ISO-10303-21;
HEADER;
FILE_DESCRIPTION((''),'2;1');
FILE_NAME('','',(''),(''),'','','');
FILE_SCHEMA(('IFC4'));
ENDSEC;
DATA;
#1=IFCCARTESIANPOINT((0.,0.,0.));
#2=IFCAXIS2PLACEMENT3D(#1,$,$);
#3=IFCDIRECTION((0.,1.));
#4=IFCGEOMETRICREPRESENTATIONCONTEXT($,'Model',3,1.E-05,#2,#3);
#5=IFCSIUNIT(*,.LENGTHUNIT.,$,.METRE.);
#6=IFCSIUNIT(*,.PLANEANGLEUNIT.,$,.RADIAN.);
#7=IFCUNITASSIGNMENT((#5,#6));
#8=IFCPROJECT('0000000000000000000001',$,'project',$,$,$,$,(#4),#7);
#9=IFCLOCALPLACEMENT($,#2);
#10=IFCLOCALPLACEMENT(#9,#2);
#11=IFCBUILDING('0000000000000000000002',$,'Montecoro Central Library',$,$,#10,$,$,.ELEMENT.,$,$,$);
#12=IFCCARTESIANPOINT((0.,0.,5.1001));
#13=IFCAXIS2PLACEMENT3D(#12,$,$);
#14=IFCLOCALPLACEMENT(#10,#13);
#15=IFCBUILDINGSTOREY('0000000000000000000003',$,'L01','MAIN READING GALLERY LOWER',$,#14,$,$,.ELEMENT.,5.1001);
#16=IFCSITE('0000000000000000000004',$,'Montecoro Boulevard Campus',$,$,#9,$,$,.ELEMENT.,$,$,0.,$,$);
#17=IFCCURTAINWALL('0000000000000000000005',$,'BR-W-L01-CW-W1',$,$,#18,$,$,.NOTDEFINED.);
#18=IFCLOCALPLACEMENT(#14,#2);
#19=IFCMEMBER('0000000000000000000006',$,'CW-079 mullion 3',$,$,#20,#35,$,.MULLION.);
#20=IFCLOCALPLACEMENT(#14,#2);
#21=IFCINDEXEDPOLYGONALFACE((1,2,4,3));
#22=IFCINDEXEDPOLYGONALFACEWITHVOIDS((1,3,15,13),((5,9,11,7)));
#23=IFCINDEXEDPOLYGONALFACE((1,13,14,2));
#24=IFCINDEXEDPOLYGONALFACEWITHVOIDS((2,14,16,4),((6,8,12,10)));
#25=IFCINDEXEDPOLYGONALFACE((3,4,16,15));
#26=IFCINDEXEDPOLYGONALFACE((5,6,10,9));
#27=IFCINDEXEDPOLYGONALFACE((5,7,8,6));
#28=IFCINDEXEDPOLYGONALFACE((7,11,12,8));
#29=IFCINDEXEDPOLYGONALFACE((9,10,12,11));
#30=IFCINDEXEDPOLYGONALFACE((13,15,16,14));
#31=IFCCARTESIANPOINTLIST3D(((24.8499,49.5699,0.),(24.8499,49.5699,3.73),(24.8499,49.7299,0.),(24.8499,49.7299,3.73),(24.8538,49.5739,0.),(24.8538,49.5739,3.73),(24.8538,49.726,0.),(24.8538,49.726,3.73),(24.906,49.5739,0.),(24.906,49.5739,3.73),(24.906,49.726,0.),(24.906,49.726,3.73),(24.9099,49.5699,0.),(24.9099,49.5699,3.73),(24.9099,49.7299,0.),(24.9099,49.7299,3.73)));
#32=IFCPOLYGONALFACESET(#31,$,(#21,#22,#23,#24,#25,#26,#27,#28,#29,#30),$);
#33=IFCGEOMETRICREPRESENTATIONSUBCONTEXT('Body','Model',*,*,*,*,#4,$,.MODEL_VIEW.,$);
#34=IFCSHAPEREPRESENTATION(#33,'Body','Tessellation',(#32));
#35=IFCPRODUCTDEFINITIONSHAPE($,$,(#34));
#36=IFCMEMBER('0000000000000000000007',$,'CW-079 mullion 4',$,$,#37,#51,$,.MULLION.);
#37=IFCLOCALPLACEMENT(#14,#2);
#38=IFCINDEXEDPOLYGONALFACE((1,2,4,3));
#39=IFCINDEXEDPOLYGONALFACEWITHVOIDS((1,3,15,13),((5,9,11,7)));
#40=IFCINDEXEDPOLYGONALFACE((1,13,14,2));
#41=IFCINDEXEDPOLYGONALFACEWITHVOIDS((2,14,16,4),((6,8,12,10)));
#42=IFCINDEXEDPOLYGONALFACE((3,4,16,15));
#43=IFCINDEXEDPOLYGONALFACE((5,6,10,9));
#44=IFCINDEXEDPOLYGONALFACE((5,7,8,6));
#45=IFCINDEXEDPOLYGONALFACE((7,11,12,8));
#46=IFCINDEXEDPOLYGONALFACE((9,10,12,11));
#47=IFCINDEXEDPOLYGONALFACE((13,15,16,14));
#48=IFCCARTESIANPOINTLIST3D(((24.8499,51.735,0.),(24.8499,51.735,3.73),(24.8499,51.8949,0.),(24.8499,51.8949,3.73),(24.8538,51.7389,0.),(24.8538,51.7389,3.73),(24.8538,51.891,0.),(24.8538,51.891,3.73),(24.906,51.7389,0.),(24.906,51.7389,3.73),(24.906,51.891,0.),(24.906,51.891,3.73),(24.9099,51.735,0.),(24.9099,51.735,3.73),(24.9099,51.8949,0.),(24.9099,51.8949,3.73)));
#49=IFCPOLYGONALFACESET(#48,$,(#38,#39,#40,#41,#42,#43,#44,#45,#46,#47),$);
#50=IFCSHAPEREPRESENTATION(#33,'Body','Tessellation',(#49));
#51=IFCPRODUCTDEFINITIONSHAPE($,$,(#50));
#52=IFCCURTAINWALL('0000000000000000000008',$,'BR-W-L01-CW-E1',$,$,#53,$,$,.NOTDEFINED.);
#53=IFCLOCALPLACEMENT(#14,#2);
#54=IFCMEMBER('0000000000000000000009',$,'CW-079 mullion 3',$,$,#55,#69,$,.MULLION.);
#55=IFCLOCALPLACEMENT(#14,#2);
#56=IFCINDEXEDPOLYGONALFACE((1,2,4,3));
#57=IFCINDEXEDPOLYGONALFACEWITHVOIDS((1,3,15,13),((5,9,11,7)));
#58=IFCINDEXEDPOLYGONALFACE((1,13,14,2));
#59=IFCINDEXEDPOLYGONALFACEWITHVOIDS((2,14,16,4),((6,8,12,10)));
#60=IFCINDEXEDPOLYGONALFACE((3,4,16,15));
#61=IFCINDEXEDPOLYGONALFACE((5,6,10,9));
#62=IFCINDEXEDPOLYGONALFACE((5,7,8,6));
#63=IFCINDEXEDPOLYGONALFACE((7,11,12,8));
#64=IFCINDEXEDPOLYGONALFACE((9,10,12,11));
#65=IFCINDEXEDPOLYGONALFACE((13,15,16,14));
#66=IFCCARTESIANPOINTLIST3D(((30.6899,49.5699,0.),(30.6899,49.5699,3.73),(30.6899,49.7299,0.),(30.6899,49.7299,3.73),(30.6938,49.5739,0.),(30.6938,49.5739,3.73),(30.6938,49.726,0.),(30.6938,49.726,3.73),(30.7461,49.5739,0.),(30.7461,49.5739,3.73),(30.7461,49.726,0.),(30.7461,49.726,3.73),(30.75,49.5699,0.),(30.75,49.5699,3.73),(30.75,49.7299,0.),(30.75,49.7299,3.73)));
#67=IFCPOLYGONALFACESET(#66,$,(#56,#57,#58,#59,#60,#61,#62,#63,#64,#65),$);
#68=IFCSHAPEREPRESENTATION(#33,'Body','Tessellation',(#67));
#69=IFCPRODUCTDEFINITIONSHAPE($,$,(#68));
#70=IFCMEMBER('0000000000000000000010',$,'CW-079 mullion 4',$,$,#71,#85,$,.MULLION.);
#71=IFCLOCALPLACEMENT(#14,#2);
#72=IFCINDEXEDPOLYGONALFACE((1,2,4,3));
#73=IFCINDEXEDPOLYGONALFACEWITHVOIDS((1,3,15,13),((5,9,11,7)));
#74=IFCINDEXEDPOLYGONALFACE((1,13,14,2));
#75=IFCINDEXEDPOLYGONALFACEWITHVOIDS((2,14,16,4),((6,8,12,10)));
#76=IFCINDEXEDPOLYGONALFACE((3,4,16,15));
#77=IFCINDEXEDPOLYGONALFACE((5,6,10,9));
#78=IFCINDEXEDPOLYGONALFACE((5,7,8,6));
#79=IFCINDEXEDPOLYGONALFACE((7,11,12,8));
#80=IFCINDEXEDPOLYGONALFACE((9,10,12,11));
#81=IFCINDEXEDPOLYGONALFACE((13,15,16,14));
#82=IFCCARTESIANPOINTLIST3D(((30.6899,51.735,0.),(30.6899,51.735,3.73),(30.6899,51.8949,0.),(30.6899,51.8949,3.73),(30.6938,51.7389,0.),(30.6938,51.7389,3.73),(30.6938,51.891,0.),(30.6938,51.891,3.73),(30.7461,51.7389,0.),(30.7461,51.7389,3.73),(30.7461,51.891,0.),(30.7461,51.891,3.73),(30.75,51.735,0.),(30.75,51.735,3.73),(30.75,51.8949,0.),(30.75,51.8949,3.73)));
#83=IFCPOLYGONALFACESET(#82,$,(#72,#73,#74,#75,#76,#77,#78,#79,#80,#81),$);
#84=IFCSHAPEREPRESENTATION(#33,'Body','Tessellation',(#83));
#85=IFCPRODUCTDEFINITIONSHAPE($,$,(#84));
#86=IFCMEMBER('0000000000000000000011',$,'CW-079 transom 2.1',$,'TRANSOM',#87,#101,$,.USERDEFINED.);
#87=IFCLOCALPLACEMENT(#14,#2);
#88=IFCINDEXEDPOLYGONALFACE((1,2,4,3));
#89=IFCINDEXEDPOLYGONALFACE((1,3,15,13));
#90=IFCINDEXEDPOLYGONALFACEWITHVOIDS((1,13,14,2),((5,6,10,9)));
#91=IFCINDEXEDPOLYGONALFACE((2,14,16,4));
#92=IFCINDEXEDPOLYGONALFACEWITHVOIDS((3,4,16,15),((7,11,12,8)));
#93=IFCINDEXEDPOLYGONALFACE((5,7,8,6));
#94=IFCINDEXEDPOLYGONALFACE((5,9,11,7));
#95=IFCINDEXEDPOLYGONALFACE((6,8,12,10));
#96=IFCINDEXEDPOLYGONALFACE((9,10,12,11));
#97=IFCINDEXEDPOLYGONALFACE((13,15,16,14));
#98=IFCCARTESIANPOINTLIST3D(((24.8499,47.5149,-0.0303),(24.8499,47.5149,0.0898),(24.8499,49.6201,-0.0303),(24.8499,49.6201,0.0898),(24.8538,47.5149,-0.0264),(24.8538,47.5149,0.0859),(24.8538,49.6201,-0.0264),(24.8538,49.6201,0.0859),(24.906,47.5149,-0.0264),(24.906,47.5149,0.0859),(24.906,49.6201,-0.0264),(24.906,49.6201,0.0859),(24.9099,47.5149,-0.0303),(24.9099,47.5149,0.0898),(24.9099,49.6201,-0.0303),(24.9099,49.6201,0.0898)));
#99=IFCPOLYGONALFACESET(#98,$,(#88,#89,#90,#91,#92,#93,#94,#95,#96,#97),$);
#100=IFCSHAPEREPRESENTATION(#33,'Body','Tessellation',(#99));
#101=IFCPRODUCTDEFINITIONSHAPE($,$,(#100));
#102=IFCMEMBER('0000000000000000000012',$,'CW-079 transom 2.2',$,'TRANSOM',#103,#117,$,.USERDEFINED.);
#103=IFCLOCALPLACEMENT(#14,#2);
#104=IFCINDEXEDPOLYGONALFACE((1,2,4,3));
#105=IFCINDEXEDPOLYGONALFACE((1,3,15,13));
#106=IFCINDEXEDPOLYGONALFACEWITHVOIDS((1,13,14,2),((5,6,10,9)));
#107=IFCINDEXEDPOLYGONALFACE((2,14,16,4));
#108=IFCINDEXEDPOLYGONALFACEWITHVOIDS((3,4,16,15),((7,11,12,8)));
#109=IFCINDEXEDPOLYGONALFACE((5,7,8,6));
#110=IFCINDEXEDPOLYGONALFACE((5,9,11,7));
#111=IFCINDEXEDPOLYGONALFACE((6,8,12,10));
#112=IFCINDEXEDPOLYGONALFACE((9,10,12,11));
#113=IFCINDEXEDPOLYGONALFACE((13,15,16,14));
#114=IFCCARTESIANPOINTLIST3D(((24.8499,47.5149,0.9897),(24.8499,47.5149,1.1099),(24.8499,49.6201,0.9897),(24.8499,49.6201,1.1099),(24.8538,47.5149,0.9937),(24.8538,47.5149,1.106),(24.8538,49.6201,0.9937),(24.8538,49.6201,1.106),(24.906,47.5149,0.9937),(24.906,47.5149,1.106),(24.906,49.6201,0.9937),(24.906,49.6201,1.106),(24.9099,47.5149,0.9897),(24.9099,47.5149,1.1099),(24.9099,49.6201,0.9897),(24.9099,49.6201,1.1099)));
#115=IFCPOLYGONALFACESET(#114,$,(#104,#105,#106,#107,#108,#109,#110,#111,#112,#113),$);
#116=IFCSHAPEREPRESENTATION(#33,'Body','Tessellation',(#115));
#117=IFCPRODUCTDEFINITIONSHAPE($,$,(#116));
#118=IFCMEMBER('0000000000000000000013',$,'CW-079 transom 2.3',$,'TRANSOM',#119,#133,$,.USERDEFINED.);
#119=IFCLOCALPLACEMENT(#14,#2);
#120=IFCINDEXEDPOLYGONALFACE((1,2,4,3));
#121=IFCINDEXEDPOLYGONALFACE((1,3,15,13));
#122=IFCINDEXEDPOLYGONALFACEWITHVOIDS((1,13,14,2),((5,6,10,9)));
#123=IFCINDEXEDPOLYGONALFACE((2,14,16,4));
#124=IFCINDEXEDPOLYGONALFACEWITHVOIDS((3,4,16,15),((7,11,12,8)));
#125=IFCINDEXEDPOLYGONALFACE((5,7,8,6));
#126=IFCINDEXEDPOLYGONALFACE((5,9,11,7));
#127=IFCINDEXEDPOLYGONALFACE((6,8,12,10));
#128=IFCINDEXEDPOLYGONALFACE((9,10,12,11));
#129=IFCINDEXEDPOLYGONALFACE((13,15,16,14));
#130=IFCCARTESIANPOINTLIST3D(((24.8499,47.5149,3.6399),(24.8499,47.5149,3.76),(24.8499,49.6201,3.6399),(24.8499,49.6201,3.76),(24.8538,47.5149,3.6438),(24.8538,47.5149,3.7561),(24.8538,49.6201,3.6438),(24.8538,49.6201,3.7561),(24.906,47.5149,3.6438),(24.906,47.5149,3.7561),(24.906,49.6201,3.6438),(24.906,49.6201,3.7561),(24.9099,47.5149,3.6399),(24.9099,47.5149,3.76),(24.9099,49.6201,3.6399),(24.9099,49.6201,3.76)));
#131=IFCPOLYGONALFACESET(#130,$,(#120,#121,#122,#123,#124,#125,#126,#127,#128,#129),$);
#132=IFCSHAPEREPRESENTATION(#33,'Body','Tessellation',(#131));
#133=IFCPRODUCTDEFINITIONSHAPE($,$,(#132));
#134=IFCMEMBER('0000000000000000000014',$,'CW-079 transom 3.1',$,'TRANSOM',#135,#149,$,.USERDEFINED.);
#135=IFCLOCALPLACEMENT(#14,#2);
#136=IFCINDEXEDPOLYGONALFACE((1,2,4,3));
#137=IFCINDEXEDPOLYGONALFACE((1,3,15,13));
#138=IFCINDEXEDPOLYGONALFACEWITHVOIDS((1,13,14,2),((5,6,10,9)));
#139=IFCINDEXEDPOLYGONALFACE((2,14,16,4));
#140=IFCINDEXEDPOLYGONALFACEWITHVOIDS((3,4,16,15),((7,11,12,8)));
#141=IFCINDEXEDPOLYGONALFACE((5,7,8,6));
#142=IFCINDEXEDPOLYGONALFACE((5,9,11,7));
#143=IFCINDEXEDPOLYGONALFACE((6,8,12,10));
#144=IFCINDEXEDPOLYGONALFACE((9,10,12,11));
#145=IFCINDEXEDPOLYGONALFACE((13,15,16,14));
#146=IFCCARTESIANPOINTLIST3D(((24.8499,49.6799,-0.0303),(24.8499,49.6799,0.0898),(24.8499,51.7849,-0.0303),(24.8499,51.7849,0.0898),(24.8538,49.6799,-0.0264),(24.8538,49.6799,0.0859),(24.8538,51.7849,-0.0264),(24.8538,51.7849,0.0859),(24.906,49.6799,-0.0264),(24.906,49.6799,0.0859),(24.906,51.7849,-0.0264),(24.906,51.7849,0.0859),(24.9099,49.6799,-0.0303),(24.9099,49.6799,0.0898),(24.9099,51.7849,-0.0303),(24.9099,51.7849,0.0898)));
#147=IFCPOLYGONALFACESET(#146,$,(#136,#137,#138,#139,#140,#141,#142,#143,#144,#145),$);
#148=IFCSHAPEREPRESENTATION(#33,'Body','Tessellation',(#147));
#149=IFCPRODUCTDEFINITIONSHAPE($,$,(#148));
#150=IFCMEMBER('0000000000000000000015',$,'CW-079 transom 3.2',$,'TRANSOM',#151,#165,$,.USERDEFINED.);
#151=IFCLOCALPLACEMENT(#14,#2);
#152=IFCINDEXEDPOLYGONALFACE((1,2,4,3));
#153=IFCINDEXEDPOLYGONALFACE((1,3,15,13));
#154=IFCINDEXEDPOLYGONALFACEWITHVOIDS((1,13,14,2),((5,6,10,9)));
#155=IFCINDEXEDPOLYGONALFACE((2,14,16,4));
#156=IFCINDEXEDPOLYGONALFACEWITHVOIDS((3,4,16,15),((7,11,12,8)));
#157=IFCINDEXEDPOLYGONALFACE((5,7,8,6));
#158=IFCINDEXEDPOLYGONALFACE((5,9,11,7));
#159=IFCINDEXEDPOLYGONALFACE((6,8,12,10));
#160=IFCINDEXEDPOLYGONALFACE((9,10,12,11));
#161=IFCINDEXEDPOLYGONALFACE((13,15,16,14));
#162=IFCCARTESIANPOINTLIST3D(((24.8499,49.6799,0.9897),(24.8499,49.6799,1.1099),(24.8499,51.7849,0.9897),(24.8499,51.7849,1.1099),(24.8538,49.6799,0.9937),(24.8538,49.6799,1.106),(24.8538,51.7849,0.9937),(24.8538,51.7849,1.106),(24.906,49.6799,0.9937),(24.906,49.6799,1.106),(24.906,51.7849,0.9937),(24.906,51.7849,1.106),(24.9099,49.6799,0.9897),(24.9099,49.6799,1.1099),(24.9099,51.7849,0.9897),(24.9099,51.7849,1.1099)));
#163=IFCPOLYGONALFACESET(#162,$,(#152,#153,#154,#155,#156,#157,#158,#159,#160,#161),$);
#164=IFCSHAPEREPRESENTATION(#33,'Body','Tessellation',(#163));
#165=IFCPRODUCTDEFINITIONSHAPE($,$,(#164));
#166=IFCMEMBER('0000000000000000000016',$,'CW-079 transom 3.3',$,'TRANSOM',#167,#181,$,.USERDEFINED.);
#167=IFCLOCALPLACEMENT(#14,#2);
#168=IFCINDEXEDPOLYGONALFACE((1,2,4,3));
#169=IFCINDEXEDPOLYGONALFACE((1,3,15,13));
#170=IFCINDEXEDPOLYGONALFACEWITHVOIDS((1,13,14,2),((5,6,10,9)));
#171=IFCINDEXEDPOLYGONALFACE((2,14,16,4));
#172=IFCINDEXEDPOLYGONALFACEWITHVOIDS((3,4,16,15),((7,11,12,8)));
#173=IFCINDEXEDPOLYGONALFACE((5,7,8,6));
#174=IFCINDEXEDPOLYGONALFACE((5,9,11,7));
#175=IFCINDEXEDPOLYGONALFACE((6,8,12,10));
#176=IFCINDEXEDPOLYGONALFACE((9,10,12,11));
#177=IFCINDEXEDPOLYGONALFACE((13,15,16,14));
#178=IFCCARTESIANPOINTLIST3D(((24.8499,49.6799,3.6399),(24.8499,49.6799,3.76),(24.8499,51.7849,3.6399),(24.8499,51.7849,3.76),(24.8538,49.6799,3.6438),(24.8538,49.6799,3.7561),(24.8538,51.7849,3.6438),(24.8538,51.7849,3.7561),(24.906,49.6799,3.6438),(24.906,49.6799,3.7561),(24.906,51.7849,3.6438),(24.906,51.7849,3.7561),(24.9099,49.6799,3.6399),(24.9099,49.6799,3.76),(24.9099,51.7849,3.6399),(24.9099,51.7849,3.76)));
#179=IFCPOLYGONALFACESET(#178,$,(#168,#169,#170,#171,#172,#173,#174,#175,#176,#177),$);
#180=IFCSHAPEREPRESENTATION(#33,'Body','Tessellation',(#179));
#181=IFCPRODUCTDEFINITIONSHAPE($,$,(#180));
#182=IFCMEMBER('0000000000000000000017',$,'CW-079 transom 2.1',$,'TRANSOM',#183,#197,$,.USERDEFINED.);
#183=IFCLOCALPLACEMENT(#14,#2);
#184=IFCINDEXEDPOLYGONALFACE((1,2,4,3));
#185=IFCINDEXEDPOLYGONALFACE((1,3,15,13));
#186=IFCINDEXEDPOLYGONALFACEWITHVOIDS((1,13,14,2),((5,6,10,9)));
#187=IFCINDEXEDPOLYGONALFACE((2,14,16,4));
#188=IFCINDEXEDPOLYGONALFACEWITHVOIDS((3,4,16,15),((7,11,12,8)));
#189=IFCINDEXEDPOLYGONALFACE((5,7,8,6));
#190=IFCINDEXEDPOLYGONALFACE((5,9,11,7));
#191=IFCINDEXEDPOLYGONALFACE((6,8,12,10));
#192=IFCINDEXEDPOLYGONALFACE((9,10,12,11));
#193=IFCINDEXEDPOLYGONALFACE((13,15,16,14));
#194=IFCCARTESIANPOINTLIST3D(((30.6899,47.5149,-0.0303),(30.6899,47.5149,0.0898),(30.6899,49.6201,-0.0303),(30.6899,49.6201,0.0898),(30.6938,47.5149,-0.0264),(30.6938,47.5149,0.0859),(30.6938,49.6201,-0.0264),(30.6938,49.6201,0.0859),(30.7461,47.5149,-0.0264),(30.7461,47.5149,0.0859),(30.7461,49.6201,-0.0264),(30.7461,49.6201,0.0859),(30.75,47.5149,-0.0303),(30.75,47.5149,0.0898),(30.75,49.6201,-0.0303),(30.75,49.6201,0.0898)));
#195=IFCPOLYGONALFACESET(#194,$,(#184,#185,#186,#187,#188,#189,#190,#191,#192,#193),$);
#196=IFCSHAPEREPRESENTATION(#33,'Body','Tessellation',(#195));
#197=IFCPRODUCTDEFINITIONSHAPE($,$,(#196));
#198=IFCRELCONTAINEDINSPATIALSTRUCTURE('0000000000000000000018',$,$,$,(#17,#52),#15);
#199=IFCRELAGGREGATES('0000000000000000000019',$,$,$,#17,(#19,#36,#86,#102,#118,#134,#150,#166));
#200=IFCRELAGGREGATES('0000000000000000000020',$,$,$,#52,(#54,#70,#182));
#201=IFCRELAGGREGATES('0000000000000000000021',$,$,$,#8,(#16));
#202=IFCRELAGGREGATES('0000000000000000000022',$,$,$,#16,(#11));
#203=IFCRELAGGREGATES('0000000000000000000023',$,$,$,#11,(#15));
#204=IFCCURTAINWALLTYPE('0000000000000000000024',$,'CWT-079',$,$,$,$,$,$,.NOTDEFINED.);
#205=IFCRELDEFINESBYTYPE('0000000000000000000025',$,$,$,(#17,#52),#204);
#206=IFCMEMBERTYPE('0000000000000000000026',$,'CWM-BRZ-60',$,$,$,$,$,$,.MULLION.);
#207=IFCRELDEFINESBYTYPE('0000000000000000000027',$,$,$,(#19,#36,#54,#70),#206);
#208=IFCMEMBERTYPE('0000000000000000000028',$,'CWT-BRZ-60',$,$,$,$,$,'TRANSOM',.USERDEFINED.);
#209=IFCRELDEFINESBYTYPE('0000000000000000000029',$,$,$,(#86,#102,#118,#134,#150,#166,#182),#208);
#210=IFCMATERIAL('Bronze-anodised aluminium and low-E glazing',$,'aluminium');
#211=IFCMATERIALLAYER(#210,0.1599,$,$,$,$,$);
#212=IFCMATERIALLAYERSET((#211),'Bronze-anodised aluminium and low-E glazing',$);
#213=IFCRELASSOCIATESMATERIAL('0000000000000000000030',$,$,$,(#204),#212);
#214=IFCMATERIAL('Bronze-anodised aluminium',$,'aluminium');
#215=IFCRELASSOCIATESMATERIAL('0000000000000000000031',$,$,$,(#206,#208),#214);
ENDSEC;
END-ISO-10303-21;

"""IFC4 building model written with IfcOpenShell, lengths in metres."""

from ifc_helpers import new_model, si_unit, direction, frame, origin, origin_2d, place, context, subcontext, project, spatial, hollow_rectangle, extrude, material, layer, layer_set, material_profile, profile_set, type_object, element, aggregate, save


model = new_model("IFC4")

# Units and contexts
model_context = context("Model", 3, precision=1e-05, world=origin(), true_north=direction((0.0, 1.0)))
body_context = subcontext(model_context, "Body", "Model", "MODEL_VIEW")
ifc_project = project(units=[si_unit("LENGTHUNIT", "METRE"), si_unit("PLANEANGLEUNIT", "RADIAN")], contexts=[model_context])

# Site, building, storey
site_placement = place(None, origin())
site = spatial("IfcSite", under=ifc_project, at=site_placement, Name="Montecoro Boulevard Campus", CompositionType="ELEMENT", RefElevation=0.0)
building_placement = place(site_placement, origin())
building = spatial("IfcBuilding", under=site, at=building_placement, Name="Montecoro Central Library", CompositionType="ELEMENT")
storey_placement = place(building_placement, frame((0.0, 0.0, 5.1001)))
storey = spatial("IfcBuildingStorey", under=building, at=storey_placement, Name="L01", Description="MAIN READING GALLERY LOWER", CompositionType="ELEMENT", Elevation=5.1001)

# Curtain walls, members
ifc_material_1 = material(Name="Bronze-anodised aluminium and low-E glazing", Category="aluminium")
ifc_layer_1 = layer(ifc_material_1, 0.1599)
ifc_layer_set_1 = layer_set([ifc_layer_1], Name="Bronze-anodised aluminium and low-E glazing")
curtain_wall_type = type_object("IfcCurtainWallType", Name="CWT-079", PredefinedType="NOTDEFINED", material=ifc_layer_set_1)
curtain_wall_1_placement = place(storey_placement, origin())
curtain_wall_1 = element("IfcCurtainWall", 1, at=curtain_wall_1_placement, inside=storey, type_object=curtain_wall_type, Name="BR-W-L01-CW-W1", PredefinedType="NOTDEFINED")
ifc_material_2 = material(Name="Bronze-anodised aluminium", Category="aluminium")
ifc_material_profile_1 = material_profile(ifc_material_2, hollow_rectangle(XDim=0.0601, YDim=0.1599, WallThickness=0.0039, at=origin_2d()), Name="CWM 160x60x4.0")
ifc_profile_set_1 = profile_set([ifc_material_profile_1], Name="Bronze-anodised aluminium")
member_type_1 = type_object("IfcMemberType", Name="CWM-BRZ-60", PredefinedType="MULLION", material=ifc_profile_set_1)
member_1_placement = place(storey_placement, frame((24.8799, 49.6499, 0.0), z_axis=(0.0, 0.0, 1.0), x_axis=(-1.0, 0.0, 0.0)))
member_1 = element("IfcMember", 2, at=member_1_placement, type_object=member_type_1, Name="CW-079 mullion 3", PredefinedType="MULLION", context=body_context, shape_type="SweptSolid", body=[
    extrude(hollow_rectangle(XDim=0.0601, YDim=0.1599, WallThickness=0.0039, at=origin_2d()), origin(), (0.0, 0.0, 1.0), 3.73),
])
member_2_placement = place(storey_placement, frame((24.8799, 51.8149, 0.0), z_axis=(0.0, 0.0, 1.0), x_axis=(-1.0, 0.0, 0.0)))
member_2 = element("IfcMember", 3, at=member_2_placement, type_object=member_type_1, Name="CW-079 mullion 4", PredefinedType="MULLION", context=body_context, shape_type="SweptSolid", body=[
    extrude(hollow_rectangle(XDim=0.0601, YDim=0.1599, WallThickness=0.0039, at=origin_2d()), origin(), (0.0, 0.0, 1.0), 3.73),
])
curtain_wall_2_placement = place(storey_placement, origin())
curtain_wall_2 = element("IfcCurtainWall", 4, at=curtain_wall_2_placement, inside=storey, type_object=curtain_wall_type, Name="BR-W-L01-CW-E1", PredefinedType="NOTDEFINED")
member_3_placement = place(storey_placement, frame((30.72, 49.6499, 0.0), z_axis=(0.0, 0.0, 1.0), x_axis=(-1.0, 0.0, 0.0)))
member_3 = element("IfcMember", 5, at=member_3_placement, type_object=member_type_1, Name="CW-079 mullion 3", PredefinedType="MULLION", context=body_context, shape_type="SweptSolid", body=[
    extrude(hollow_rectangle(XDim=0.0601, YDim=0.1599, WallThickness=0.0039, at=origin_2d()), origin(), (0.0, 0.0, 1.0), 3.73),
])
member_4_placement = place(storey_placement, frame((30.72, 51.8149, 0.0), z_axis=(0.0, 0.0, 1.0), x_axis=(-1.0, 0.0, 0.0)))
member_4 = element("IfcMember", 6, at=member_4_placement, type_object=member_type_1, Name="CW-079 mullion 4", PredefinedType="MULLION", context=body_context, shape_type="SweptSolid", body=[
    extrude(hollow_rectangle(XDim=0.0601, YDim=0.1599, WallThickness=0.0039, at=origin_2d()), origin(), (0.0, 0.0, 1.0), 3.73),
])

# Members
ifc_material_profile_2 = material_profile(ifc_material_2, hollow_rectangle(XDim=0.0601, YDim=0.1201, WallThickness=0.0039, at=origin_2d()), Name="CWT 120x60x4.0")
ifc_profile_set_2 = profile_set([ifc_material_profile_2], Name="Bronze-anodised aluminium")
member_type_2 = type_object("IfcMemberType", Name="CWT-BRZ-60", ElementType="TRANSOM", PredefinedType="USERDEFINED", material=ifc_profile_set_2)
member_5_placement = place(storey_placement, frame((24.8799, 47.5149, 0.0298), z_axis=(0.0, 1.0, 0.0), x_axis=(-1.0, 0.0, 0.0)))
member_5 = element("IfcMember", 7, at=member_5_placement, type_object=member_type_2, Name="CW-079 transom 2.1", ObjectType="TRANSOM", PredefinedType="USERDEFINED", context=body_context, shape_type="SweptSolid", body=[
    extrude(hollow_rectangle(XDim=0.0601, YDim=0.1201, WallThickness=0.0039, at=origin_2d()), origin(), (0.0, 0.0, 1.0), 2.1052),
])
member_6_placement = place(storey_placement, frame((24.8799, 47.5149, 1.0498), z_axis=(0.0, 1.0, 0.0), x_axis=(-1.0, 0.0, 0.0)))
member_6 = element("IfcMember", 8, at=member_6_placement, type_object=member_type_2, Name="CW-079 transom 2.2", ObjectType="TRANSOM", PredefinedType="USERDEFINED", context=body_context, shape_type="SweptSolid", body=[
    extrude(hollow_rectangle(XDim=0.0601, YDim=0.1201, WallThickness=0.0039, at=origin_2d()), origin(), (0.0, 0.0, 1.0), 2.1052),
])
member_7_placement = place(storey_placement, frame((24.8799, 47.5149, 3.7), z_axis=(0.0, 1.0, 0.0), x_axis=(-1.0, 0.0, 0.0)))
member_7 = element("IfcMember", 9, at=member_7_placement, type_object=member_type_2, Name="CW-079 transom 2.3", ObjectType="TRANSOM", PredefinedType="USERDEFINED", context=body_context, shape_type="SweptSolid", body=[
    extrude(hollow_rectangle(XDim=0.0601, YDim=0.1201, WallThickness=0.0039, at=origin_2d()), origin(), (0.0, 0.0, 1.0), 2.1052),
])
member_8_placement = place(storey_placement, frame((24.8799, 49.6799, 0.0298), z_axis=(0.0, 1.0, 0.0), x_axis=(-1.0, 0.0, 0.0)))
member_8 = element("IfcMember", 10, at=member_8_placement, type_object=member_type_2, Name="CW-079 transom 3.1", ObjectType="TRANSOM", PredefinedType="USERDEFINED", context=body_context, shape_type="SweptSolid", body=[
    extrude(hollow_rectangle(XDim=0.0601, YDim=0.1201, WallThickness=0.0039, at=origin_2d()), origin(), (0.0, 0.0, 1.0), 2.105),
])
member_9_placement = place(storey_placement, frame((24.8799, 49.6799, 1.0498), z_axis=(0.0, 1.0, 0.0), x_axis=(-1.0, 0.0, 0.0)))
member_9 = element("IfcMember", 11, at=member_9_placement, type_object=member_type_2, Name="CW-079 transom 3.2", ObjectType="TRANSOM", PredefinedType="USERDEFINED", context=body_context, shape_type="SweptSolid", body=[
    extrude(hollow_rectangle(XDim=0.0601, YDim=0.1201, WallThickness=0.0039, at=origin_2d()), origin(), (0.0, 0.0, 1.0), 2.105),
])
member_10_placement = place(storey_placement, frame((24.8799, 49.6799, 3.7), z_axis=(0.0, 1.0, 0.0), x_axis=(-1.0, 0.0, 0.0)))
member_10 = element("IfcMember", 12, at=member_10_placement, type_object=member_type_2, Name="CW-079 transom 3.3", ObjectType="TRANSOM", PredefinedType="USERDEFINED", context=body_context, shape_type="SweptSolid", body=[
    extrude(hollow_rectangle(XDim=0.0601, YDim=0.1201, WallThickness=0.0039, at=origin_2d()), origin(), (0.0, 0.0, 1.0), 2.105),
])
member_11_placement = place(storey_placement, frame((30.72, 47.5149, 0.0298), z_axis=(0.0, 1.0, 0.0), x_axis=(-1.0, 0.0, 0.0)))
member_11 = element("IfcMember", 13, at=member_11_placement, type_object=member_type_2, Name="CW-079 transom 2.1", ObjectType="TRANSOM", PredefinedType="USERDEFINED", context=body_context, shape_type="SweptSolid", body=[
    extrude(hollow_rectangle(XDim=0.0601, YDim=0.1201, WallThickness=0.0039, at=origin_2d()), origin(), (0.0, 0.0, 1.0), 2.1052),
])

aggregate(curtain_wall_1, [member_1, member_2, member_5, member_6, member_7, member_8, member_9, member_10])
aggregate(curtain_wall_2, [member_3, member_4, member_11])

save(model, "model.ifc")
